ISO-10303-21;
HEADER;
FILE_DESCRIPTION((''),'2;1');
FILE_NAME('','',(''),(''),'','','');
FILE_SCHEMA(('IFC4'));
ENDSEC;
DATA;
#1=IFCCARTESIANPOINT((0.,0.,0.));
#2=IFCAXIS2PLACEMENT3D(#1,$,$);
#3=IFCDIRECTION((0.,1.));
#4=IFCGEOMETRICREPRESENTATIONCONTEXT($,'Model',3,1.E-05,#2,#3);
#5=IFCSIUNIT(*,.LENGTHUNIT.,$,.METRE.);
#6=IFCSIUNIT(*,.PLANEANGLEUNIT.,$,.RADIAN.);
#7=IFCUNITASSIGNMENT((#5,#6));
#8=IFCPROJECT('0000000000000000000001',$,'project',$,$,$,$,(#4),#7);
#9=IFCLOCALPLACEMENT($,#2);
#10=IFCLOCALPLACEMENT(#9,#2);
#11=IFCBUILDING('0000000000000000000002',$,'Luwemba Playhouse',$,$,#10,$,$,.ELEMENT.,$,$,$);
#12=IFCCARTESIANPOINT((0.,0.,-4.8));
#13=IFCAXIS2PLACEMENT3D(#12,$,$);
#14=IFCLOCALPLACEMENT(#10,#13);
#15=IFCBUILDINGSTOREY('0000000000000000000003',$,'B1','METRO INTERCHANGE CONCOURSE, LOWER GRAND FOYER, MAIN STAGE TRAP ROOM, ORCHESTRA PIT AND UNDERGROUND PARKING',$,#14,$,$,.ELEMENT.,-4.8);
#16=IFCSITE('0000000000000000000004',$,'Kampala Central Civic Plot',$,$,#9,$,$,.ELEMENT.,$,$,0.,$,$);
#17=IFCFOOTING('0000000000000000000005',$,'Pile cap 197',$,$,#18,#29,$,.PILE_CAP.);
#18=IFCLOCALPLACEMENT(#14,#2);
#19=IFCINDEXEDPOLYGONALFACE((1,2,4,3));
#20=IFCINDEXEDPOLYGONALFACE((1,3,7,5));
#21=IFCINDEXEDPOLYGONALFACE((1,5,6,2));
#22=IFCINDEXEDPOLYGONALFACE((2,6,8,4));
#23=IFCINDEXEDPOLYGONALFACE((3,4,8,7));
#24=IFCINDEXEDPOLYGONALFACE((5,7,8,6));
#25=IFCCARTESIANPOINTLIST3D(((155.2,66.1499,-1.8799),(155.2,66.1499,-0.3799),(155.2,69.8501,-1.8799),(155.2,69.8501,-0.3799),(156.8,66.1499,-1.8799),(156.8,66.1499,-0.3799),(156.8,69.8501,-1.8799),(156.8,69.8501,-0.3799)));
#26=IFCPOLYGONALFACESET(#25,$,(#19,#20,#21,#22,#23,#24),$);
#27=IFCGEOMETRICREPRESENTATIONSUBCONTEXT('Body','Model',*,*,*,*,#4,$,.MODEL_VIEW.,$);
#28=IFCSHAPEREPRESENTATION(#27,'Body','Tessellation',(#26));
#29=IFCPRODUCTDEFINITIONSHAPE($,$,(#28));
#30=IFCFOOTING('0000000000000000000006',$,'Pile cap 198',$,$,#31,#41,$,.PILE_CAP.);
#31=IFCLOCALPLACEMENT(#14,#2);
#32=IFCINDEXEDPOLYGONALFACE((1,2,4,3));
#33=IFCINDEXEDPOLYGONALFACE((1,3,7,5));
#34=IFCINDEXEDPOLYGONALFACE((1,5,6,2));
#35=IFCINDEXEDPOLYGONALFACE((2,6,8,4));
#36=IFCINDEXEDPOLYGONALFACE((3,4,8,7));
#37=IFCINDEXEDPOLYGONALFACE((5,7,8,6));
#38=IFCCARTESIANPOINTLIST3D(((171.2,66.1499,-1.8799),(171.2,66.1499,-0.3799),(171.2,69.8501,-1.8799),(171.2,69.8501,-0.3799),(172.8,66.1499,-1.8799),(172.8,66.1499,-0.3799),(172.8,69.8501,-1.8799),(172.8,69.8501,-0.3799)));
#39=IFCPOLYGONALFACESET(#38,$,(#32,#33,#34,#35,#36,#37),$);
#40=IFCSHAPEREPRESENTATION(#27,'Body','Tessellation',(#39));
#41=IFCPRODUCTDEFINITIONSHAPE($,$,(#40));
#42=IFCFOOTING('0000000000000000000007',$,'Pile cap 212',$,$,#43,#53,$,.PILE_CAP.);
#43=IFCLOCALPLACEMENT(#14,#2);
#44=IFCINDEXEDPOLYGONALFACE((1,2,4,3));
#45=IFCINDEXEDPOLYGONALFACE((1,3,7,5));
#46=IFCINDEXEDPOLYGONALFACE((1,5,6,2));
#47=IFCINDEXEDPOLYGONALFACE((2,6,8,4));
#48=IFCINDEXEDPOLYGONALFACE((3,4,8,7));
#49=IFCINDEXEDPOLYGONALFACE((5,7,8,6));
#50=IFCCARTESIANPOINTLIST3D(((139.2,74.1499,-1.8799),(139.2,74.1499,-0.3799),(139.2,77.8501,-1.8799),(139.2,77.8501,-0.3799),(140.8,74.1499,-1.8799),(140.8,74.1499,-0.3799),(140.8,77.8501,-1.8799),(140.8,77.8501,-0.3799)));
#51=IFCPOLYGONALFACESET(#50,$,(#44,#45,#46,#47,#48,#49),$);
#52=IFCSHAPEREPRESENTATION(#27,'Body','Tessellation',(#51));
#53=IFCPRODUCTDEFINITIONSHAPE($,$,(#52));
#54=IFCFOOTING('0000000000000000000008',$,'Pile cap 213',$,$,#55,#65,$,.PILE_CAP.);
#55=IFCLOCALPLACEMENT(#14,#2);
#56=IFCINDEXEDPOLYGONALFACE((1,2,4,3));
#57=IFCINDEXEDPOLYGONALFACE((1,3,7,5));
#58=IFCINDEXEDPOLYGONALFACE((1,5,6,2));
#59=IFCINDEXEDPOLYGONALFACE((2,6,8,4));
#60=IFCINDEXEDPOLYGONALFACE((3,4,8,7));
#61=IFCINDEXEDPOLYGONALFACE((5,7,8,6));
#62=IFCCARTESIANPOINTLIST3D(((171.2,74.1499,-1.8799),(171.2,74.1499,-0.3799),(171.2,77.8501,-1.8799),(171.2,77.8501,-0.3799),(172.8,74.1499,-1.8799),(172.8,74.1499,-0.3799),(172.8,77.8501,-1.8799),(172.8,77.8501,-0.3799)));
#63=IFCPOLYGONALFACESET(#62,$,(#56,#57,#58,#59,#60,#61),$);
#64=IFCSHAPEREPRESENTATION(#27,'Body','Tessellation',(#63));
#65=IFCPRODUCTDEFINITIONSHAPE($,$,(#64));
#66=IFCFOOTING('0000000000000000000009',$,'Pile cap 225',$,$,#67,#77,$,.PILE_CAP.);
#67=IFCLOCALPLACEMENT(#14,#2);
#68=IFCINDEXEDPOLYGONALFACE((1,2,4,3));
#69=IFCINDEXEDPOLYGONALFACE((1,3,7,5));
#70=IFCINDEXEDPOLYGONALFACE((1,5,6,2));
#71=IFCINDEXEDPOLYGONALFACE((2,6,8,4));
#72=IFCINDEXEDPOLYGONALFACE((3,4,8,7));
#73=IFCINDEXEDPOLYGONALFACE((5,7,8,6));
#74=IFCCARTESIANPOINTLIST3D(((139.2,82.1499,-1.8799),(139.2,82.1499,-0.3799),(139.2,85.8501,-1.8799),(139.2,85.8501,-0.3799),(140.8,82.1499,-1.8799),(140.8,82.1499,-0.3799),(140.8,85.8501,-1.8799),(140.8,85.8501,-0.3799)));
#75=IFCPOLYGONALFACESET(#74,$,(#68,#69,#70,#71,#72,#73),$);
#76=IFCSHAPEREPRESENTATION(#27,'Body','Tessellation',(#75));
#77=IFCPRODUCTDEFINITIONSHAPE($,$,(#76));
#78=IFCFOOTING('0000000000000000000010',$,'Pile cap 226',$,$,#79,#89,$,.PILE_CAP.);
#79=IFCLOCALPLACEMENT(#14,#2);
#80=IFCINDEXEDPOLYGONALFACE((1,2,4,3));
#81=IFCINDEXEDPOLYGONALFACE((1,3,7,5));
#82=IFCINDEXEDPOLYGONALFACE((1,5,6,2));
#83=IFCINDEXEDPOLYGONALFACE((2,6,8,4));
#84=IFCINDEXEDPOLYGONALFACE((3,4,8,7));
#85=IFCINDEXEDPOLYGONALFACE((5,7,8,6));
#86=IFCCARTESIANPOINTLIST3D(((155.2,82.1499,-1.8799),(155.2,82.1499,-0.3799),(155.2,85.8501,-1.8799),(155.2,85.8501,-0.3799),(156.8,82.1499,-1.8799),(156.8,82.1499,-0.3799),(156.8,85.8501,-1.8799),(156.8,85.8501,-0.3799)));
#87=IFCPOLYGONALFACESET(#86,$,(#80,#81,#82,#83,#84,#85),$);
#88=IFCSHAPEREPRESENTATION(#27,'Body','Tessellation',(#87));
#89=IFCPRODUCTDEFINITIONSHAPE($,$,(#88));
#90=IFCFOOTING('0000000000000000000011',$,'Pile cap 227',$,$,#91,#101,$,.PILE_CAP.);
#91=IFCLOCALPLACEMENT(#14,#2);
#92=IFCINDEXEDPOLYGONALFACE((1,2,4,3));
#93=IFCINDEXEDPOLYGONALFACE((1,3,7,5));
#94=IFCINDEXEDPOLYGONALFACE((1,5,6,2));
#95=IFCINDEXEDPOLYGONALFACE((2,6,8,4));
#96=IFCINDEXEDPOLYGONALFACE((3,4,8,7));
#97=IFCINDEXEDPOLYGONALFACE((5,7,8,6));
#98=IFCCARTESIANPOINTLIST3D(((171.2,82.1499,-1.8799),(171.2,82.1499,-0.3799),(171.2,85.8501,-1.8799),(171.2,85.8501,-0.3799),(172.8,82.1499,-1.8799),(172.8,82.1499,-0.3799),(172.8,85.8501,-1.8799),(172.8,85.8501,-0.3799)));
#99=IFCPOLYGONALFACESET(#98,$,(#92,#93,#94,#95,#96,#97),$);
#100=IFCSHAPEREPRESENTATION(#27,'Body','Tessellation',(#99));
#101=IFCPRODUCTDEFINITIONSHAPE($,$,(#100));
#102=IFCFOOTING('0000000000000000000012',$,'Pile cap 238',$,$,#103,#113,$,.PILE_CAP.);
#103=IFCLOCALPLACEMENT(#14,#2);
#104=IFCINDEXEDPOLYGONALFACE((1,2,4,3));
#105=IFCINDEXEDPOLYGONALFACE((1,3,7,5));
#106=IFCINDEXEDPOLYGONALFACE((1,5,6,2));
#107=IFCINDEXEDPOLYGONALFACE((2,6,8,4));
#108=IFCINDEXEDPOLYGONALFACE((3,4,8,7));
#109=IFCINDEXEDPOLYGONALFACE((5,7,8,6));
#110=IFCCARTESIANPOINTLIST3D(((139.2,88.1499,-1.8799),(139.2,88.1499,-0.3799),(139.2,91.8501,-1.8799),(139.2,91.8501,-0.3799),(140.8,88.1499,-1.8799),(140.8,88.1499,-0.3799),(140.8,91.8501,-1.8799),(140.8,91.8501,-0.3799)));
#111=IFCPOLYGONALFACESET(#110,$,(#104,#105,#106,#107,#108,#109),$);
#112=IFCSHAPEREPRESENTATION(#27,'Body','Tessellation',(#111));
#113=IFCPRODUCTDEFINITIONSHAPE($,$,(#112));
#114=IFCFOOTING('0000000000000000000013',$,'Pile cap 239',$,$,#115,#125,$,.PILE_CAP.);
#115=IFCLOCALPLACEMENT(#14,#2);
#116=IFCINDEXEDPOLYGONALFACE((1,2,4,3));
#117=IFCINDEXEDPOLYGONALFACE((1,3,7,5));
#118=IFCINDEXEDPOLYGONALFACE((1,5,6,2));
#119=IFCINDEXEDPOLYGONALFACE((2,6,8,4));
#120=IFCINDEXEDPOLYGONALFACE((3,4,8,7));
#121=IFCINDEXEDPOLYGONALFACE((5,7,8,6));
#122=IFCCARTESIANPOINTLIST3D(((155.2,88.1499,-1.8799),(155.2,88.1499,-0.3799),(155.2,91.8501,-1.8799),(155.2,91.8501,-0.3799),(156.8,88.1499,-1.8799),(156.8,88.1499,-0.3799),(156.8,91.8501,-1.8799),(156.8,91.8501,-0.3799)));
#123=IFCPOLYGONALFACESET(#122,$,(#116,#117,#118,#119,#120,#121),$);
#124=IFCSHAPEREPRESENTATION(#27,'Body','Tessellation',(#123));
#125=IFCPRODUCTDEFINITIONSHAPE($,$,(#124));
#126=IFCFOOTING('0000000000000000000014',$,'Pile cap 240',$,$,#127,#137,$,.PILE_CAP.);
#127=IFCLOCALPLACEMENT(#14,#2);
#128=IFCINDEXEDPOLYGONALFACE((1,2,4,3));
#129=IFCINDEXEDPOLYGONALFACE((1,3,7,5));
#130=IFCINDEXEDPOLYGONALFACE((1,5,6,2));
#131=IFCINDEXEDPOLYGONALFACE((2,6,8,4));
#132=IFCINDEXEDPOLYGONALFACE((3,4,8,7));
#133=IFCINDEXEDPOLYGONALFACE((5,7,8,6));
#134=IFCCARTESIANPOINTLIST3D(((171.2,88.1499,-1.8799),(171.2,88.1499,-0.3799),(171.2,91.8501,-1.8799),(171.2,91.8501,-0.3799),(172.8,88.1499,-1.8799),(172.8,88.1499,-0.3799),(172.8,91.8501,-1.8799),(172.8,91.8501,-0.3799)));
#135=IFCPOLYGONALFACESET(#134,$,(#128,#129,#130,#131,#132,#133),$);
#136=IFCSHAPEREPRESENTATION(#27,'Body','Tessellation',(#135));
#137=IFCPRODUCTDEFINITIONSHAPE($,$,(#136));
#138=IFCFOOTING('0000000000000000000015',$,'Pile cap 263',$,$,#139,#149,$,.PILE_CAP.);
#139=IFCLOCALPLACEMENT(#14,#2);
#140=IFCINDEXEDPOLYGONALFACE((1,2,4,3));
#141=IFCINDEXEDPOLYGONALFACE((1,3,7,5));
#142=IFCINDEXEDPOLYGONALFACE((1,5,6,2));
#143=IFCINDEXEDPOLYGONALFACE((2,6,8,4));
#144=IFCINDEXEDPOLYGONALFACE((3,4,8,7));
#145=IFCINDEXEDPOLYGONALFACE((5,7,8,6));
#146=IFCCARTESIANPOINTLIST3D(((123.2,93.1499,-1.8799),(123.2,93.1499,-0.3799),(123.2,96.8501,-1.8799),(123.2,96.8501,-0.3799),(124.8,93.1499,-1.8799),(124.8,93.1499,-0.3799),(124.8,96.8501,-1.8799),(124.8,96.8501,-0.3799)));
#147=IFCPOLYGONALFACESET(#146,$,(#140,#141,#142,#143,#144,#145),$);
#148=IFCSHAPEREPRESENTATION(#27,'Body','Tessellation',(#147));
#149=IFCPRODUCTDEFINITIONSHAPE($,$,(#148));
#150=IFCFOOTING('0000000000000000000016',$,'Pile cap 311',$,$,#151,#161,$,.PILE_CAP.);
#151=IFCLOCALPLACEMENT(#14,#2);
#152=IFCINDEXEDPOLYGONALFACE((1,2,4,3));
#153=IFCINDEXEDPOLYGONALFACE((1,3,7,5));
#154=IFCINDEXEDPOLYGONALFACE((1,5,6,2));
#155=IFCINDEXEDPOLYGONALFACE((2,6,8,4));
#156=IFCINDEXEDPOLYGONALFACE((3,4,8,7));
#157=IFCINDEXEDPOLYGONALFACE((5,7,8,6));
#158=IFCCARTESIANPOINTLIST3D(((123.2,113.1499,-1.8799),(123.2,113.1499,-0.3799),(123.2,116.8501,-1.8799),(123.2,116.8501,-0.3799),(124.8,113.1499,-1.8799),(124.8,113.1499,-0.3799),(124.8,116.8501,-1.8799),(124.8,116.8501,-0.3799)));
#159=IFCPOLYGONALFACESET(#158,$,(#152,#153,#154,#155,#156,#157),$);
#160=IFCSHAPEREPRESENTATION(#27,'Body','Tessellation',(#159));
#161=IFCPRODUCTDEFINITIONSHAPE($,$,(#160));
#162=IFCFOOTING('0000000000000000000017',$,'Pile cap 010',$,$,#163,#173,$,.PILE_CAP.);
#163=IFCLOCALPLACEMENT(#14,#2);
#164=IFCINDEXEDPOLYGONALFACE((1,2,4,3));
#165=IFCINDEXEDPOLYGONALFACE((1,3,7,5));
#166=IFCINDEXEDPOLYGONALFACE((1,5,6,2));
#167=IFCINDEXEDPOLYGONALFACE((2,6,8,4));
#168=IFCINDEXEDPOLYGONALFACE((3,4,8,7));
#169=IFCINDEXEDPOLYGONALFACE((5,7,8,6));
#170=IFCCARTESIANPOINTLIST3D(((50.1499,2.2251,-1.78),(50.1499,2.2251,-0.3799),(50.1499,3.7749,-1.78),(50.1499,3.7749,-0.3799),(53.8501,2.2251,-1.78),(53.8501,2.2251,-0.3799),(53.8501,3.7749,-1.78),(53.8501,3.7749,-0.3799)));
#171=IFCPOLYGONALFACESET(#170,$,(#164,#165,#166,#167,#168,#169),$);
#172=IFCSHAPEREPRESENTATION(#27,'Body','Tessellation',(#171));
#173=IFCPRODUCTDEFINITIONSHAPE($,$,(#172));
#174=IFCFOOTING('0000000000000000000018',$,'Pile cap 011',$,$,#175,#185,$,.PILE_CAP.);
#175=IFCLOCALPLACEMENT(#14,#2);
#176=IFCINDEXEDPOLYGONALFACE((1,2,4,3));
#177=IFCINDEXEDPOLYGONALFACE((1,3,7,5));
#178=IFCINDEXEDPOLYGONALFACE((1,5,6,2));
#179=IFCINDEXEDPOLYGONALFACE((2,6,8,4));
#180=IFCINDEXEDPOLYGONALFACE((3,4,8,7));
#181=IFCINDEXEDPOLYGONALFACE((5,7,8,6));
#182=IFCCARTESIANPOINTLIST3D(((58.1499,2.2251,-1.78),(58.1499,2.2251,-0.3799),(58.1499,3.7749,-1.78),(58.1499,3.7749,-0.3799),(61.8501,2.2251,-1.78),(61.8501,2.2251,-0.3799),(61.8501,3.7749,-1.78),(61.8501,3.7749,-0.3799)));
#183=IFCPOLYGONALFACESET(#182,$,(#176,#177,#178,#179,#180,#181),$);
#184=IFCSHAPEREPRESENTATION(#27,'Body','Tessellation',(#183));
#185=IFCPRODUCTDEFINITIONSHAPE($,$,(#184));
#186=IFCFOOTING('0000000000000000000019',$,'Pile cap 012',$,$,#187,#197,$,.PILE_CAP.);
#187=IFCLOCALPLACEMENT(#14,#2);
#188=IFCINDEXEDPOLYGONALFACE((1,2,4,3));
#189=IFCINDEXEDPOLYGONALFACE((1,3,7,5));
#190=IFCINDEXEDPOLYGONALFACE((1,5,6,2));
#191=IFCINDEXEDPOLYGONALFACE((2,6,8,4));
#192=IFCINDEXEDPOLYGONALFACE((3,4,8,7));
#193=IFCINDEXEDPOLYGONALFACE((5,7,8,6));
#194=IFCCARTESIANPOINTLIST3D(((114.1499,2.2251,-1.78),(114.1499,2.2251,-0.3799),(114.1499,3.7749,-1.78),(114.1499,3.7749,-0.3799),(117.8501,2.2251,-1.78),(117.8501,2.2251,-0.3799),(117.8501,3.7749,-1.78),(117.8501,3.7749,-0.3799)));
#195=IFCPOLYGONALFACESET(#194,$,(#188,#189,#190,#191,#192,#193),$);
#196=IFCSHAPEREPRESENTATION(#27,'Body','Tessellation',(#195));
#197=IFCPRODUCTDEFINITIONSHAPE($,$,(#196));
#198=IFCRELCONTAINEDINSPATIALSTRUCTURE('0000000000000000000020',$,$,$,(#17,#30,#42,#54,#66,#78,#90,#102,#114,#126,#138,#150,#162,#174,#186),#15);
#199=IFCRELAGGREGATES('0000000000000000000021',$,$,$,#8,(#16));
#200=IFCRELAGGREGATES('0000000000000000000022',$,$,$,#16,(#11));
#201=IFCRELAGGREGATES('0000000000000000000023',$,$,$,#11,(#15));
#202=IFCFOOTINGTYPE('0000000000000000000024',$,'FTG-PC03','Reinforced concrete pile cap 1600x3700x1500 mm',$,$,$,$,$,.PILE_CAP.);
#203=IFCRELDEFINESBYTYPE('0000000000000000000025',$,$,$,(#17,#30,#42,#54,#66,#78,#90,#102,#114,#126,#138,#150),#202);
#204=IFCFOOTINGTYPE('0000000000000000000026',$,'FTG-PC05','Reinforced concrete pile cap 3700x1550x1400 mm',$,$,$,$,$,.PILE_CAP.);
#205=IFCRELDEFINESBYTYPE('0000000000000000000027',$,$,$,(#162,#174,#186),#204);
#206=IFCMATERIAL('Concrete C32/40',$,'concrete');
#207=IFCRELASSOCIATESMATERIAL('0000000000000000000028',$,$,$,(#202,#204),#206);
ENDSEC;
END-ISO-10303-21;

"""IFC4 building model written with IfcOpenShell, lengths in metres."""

from ifc_helpers import new_model, si_unit, direction, frame, origin, place, context, subcontext, project, spatial, polyline, outline, extrude, material, type_object, element, save


model = new_model("IFC4")

# Units and contexts
model_context = context("Model", 3, precision=1e-05, world=origin(), true_north=direction((0.0, 1.0)))
body_context = subcontext(model_context, "Body", "Model", "MODEL_VIEW")
ifc_project = project(units=[si_unit("LENGTHUNIT", "METRE"), si_unit("PLANEANGLEUNIT", "RADIAN")], contexts=[model_context])

# Site, building, storey
site_placement = place(None, origin())
site = spatial("IfcSite", under=ifc_project, at=site_placement, Name="Kampala Central Civic Plot", CompositionType="ELEMENT", RefElevation=0.0)
building_placement = place(site_placement, origin())
building = spatial("IfcBuilding", under=site, at=building_placement, Name="Luwemba Playhouse", CompositionType="ELEMENT")
storey_placement = place(building_placement, frame((0.0, 0.0, -4.8)))
storey = spatial("IfcBuildingStorey", under=building, at=storey_placement, Name="B1", Description="METRO INTERCHANGE CONCOURSE, LOWER GRAND FOYER, MAIN STAGE TRAP ROOM, ORCHESTRA PIT AND UNDERGROUND PARKING", CompositionType="ELEMENT", Elevation=-4.8)

# Footings
ifc_material = material(Name="Concrete C32/40", Category="concrete")
footing_type_1 = type_object("IfcFootingType", Name="FTG-PC03", Description="Reinforced concrete pile cap 1600x3700x1500 mm", PredefinedType="PILE_CAP", material=ifc_material)
footing_1_placement = place(storey_placement, frame((0.0, 0.0, -1.8799)))
element("IfcFooting", 1, at=footing_1_placement, inside=storey, type_object=footing_type_1, Name="Pile cap 197", PredefinedType="PILE_CAP", context=body_context, shape_type="SweptSolid", body=[
    extrude(outline(polyline([(155.2, 66.1499), (156.8, 66.1499), (156.8, 69.8501), (155.2, 69.8501), (155.2, 66.1499)])), origin(), (0.0, 0.0, 1.0), 1.5),
])
footing_2_placement = place(storey_placement, frame((0.0, 0.0, -1.8799)))
element("IfcFooting", 2, at=footing_2_placement, inside=storey, type_object=footing_type_1, Name="Pile cap 198", PredefinedType="PILE_CAP", context=body_context, shape_type="SweptSolid", body=[
    extrude(outline(polyline([(171.2, 66.1499), (172.8, 66.1499), (172.8, 69.8501), (171.2, 69.8501), (171.2, 66.1499)])), origin(), (0.0, 0.0, 1.0), 1.5),
])
footing_3_placement = place(storey_placement, frame((0.0, 0.0, -1.8799)))
element("IfcFooting", 3, at=footing_3_placement, inside=storey, type_object=footing_type_1, Name="Pile cap 212", PredefinedType="PILE_CAP", context=body_context, shape_type="SweptSolid", body=[
    extrude(outline(polyline([(139.2, 74.1499), (140.8, 74.1499), (140.8, 77.8501), (139.2, 77.8501), (139.2, 74.1499)])), origin(), (0.0, 0.0, 1.0), 1.5),
])
footing_4_placement = place(storey_placement, frame((0.0, 0.0, -1.8799)))
element("IfcFooting", 4, at=footing_4_placement, inside=storey, type_object=footing_type_1, Name="Pile cap 213", PredefinedType="PILE_CAP", context=body_context, shape_type="SweptSolid", body=[
    extrude(outline(polyline([(171.2, 74.1499), (172.8, 74.1499), (172.8, 77.8501), (171.2, 77.8501), (171.2, 74.1499)])), origin(), (0.0, 0.0, 1.0), 1.5),
])
footing_5_placement = place(storey_placement, frame((0.0, 0.0, -1.8799)))
element("IfcFooting", 5, at=footing_5_placement, inside=storey, type_object=footing_type_1, Name="Pile cap 225", PredefinedType="PILE_CAP", context=body_context, shape_type="SweptSolid", body=[
    extrude(outline(polyline([(139.2, 82.1499), (140.8, 82.1499), (140.8, 85.8501), (139.2, 85.8501), (139.2, 82.1499)])), origin(), (0.0, 0.0, 1.0), 1.5),
])
footing_6_placement = place(storey_placement, frame((0.0, 0.0, -1.8799)))
element("IfcFooting", 6, at=footing_6_placement, inside=storey, type_object=footing_type_1, Name="Pile cap 226", PredefinedType="PILE_CAP", context=body_context, shape_type="SweptSolid", body=[
    extrude(outline(polyline([(155.2, 82.1499), (156.8, 82.1499), (156.8, 85.8501), (155.2, 85.8501), (155.2, 82.1499)])), origin(), (0.0, 0.0, 1.0), 1.5),
])
footing_7_placement = place(storey_placement, frame((0.0, 0.0, -1.8799)))
element("IfcFooting", 7, at=footing_7_placement, inside=storey, type_object=footing_type_1, Name="Pile cap 227", PredefinedType="PILE_CAP", context=body_context, shape_type="SweptSolid", body=[
    extrude(outline(polyline([(171.2, 82.1499), (172.8, 82.1499), (172.8, 85.8501), (171.2, 85.8501), (171.2, 82.1499)])), origin(), (0.0, 0.0, 1.0), 1.5),
])
footing_8_placement = place(storey_placement, frame((0.0, 0.0, -1.8799)))
element("IfcFooting", 8, at=footing_8_placement, inside=storey, type_object=footing_type_1, Name="Pile cap 238", PredefinedType="PILE_CAP", context=body_context, shape_type="SweptSolid", body=[
    extrude(outline(polyline([(139.2, 88.1499), (140.8, 88.1499), (140.8, 91.8501), (139.2, 91.8501), (139.2, 88.1499)])), origin(), (0.0, 0.0, 1.0), 1.5),
])
footing_9_placement = place(storey_placement, frame((0.0, 0.0, -1.8799)))
element("IfcFooting", 9, at=footing_9_placement, inside=storey, type_object=footing_type_1, Name="Pile cap 239", PredefinedType="PILE_CAP", context=body_context, shape_type="SweptSolid", body=[
    extrude(outline(polyline([(155.2, 88.1499), (156.8, 88.1499), (156.8, 91.8501), (155.2, 91.8501), (155.2, 88.1499)])), origin(), (0.0, 0.0, 1.0), 1.5),
])
footing_10_placement = place(storey_placement, frame((0.0, 0.0, -1.8799)))
element("IfcFooting", 10, at=footing_10_placement, inside=storey, type_object=footing_type_1, Name="Pile cap 240", PredefinedType="PILE_CAP", context=body_context, shape_type="SweptSolid", body=[
    extrude(outline(polyline([(171.2, 88.1499), (172.8, 88.1499), (172.8, 91.8501), (171.2, 91.8501), (171.2, 88.1499)])), origin(), (0.0, 0.0, 1.0), 1.5),
])
footing_11_placement = place(storey_placement, frame((0.0, 0.0, -1.8799)))
element("IfcFooting", 11, at=footing_11_placement, inside=storey, type_object=footing_type_1, Name="Pile cap 263", PredefinedType="PILE_CAP", context=body_context, shape_type="SweptSolid", body=[
    extrude(outline(polyline([(123.2, 93.1499), (124.8, 93.1499), (124.8, 96.8501), (123.2, 96.8501), (123.2, 93.1499)])), origin(), (0.0, 0.0, 1.0), 1.5),
])
footing_12_placement = place(storey_placement, frame((0.0, 0.0, -1.8799)))
element("IfcFooting", 12, at=footing_12_placement, inside=storey, type_object=footing_type_1, Name="Pile cap 311", PredefinedType="PILE_CAP", context=body_context, shape_type="SweptSolid", body=[
    extrude(outline(polyline([(123.2, 113.1499), (124.8, 113.1499), (124.8, 116.8501), (123.2, 116.8501), (123.2, 113.1499)])), origin(), (0.0, 0.0, 1.0), 1.5),
])
footing_type_2 = type_object("IfcFootingType", Name="FTG-PC05", Description="Reinforced concrete pile cap 3700x1550x1400 mm", PredefinedType="PILE_CAP", material=ifc_material)
footing_13_placement = place(storey_placement, frame((0.0, 0.0, -1.78)))
element("IfcFooting", 13, at=footing_13_placement, inside=storey, type_object=footing_type_2, Name="Pile cap 010", PredefinedType="PILE_CAP", context=body_context, shape_type="SweptSolid", body=[
    extrude(outline(polyline([(50.1499, 2.2251), (53.8501, 2.2251), (53.8501, 3.7749), (50.1499, 3.7749), (50.1499, 2.2251)])), origin(), (0.0, 0.0, 1.0), 1.4001),
])
footing_14_placement = place(storey_placement, frame((0.0, 0.0, -1.78)))
element("IfcFooting", 14, at=footing_14_placement, inside=storey, type_object=footing_type_2, Name="Pile cap 011", PredefinedType="PILE_CAP", context=body_context, shape_type="SweptSolid", body=[
    extrude(outline(polyline([(58.1499, 2.2251), (61.8501, 2.2251), (61.8501, 3.7749), (58.1499, 3.7749), (58.1499, 2.2251)])), origin(), (0.0, 0.0, 1.0), 1.4001),
])
footing_15_placement = place(storey_placement, frame((0.0, 0.0, -1.78)))
element("IfcFooting", 15, at=footing_15_placement, inside=storey, type_object=footing_type_2, Name="Pile cap 012", PredefinedType="PILE_CAP", context=body_context, shape_type="SweptSolid", body=[
    extrude(outline(polyline([(114.1499, 2.2251), (117.8501, 2.2251), (117.8501, 3.7749), (114.1499, 3.7749), (114.1499, 2.2251)])), origin(), (0.0, 0.0, 1.0), 1.4001),
])

save(model, "model.ifc")
